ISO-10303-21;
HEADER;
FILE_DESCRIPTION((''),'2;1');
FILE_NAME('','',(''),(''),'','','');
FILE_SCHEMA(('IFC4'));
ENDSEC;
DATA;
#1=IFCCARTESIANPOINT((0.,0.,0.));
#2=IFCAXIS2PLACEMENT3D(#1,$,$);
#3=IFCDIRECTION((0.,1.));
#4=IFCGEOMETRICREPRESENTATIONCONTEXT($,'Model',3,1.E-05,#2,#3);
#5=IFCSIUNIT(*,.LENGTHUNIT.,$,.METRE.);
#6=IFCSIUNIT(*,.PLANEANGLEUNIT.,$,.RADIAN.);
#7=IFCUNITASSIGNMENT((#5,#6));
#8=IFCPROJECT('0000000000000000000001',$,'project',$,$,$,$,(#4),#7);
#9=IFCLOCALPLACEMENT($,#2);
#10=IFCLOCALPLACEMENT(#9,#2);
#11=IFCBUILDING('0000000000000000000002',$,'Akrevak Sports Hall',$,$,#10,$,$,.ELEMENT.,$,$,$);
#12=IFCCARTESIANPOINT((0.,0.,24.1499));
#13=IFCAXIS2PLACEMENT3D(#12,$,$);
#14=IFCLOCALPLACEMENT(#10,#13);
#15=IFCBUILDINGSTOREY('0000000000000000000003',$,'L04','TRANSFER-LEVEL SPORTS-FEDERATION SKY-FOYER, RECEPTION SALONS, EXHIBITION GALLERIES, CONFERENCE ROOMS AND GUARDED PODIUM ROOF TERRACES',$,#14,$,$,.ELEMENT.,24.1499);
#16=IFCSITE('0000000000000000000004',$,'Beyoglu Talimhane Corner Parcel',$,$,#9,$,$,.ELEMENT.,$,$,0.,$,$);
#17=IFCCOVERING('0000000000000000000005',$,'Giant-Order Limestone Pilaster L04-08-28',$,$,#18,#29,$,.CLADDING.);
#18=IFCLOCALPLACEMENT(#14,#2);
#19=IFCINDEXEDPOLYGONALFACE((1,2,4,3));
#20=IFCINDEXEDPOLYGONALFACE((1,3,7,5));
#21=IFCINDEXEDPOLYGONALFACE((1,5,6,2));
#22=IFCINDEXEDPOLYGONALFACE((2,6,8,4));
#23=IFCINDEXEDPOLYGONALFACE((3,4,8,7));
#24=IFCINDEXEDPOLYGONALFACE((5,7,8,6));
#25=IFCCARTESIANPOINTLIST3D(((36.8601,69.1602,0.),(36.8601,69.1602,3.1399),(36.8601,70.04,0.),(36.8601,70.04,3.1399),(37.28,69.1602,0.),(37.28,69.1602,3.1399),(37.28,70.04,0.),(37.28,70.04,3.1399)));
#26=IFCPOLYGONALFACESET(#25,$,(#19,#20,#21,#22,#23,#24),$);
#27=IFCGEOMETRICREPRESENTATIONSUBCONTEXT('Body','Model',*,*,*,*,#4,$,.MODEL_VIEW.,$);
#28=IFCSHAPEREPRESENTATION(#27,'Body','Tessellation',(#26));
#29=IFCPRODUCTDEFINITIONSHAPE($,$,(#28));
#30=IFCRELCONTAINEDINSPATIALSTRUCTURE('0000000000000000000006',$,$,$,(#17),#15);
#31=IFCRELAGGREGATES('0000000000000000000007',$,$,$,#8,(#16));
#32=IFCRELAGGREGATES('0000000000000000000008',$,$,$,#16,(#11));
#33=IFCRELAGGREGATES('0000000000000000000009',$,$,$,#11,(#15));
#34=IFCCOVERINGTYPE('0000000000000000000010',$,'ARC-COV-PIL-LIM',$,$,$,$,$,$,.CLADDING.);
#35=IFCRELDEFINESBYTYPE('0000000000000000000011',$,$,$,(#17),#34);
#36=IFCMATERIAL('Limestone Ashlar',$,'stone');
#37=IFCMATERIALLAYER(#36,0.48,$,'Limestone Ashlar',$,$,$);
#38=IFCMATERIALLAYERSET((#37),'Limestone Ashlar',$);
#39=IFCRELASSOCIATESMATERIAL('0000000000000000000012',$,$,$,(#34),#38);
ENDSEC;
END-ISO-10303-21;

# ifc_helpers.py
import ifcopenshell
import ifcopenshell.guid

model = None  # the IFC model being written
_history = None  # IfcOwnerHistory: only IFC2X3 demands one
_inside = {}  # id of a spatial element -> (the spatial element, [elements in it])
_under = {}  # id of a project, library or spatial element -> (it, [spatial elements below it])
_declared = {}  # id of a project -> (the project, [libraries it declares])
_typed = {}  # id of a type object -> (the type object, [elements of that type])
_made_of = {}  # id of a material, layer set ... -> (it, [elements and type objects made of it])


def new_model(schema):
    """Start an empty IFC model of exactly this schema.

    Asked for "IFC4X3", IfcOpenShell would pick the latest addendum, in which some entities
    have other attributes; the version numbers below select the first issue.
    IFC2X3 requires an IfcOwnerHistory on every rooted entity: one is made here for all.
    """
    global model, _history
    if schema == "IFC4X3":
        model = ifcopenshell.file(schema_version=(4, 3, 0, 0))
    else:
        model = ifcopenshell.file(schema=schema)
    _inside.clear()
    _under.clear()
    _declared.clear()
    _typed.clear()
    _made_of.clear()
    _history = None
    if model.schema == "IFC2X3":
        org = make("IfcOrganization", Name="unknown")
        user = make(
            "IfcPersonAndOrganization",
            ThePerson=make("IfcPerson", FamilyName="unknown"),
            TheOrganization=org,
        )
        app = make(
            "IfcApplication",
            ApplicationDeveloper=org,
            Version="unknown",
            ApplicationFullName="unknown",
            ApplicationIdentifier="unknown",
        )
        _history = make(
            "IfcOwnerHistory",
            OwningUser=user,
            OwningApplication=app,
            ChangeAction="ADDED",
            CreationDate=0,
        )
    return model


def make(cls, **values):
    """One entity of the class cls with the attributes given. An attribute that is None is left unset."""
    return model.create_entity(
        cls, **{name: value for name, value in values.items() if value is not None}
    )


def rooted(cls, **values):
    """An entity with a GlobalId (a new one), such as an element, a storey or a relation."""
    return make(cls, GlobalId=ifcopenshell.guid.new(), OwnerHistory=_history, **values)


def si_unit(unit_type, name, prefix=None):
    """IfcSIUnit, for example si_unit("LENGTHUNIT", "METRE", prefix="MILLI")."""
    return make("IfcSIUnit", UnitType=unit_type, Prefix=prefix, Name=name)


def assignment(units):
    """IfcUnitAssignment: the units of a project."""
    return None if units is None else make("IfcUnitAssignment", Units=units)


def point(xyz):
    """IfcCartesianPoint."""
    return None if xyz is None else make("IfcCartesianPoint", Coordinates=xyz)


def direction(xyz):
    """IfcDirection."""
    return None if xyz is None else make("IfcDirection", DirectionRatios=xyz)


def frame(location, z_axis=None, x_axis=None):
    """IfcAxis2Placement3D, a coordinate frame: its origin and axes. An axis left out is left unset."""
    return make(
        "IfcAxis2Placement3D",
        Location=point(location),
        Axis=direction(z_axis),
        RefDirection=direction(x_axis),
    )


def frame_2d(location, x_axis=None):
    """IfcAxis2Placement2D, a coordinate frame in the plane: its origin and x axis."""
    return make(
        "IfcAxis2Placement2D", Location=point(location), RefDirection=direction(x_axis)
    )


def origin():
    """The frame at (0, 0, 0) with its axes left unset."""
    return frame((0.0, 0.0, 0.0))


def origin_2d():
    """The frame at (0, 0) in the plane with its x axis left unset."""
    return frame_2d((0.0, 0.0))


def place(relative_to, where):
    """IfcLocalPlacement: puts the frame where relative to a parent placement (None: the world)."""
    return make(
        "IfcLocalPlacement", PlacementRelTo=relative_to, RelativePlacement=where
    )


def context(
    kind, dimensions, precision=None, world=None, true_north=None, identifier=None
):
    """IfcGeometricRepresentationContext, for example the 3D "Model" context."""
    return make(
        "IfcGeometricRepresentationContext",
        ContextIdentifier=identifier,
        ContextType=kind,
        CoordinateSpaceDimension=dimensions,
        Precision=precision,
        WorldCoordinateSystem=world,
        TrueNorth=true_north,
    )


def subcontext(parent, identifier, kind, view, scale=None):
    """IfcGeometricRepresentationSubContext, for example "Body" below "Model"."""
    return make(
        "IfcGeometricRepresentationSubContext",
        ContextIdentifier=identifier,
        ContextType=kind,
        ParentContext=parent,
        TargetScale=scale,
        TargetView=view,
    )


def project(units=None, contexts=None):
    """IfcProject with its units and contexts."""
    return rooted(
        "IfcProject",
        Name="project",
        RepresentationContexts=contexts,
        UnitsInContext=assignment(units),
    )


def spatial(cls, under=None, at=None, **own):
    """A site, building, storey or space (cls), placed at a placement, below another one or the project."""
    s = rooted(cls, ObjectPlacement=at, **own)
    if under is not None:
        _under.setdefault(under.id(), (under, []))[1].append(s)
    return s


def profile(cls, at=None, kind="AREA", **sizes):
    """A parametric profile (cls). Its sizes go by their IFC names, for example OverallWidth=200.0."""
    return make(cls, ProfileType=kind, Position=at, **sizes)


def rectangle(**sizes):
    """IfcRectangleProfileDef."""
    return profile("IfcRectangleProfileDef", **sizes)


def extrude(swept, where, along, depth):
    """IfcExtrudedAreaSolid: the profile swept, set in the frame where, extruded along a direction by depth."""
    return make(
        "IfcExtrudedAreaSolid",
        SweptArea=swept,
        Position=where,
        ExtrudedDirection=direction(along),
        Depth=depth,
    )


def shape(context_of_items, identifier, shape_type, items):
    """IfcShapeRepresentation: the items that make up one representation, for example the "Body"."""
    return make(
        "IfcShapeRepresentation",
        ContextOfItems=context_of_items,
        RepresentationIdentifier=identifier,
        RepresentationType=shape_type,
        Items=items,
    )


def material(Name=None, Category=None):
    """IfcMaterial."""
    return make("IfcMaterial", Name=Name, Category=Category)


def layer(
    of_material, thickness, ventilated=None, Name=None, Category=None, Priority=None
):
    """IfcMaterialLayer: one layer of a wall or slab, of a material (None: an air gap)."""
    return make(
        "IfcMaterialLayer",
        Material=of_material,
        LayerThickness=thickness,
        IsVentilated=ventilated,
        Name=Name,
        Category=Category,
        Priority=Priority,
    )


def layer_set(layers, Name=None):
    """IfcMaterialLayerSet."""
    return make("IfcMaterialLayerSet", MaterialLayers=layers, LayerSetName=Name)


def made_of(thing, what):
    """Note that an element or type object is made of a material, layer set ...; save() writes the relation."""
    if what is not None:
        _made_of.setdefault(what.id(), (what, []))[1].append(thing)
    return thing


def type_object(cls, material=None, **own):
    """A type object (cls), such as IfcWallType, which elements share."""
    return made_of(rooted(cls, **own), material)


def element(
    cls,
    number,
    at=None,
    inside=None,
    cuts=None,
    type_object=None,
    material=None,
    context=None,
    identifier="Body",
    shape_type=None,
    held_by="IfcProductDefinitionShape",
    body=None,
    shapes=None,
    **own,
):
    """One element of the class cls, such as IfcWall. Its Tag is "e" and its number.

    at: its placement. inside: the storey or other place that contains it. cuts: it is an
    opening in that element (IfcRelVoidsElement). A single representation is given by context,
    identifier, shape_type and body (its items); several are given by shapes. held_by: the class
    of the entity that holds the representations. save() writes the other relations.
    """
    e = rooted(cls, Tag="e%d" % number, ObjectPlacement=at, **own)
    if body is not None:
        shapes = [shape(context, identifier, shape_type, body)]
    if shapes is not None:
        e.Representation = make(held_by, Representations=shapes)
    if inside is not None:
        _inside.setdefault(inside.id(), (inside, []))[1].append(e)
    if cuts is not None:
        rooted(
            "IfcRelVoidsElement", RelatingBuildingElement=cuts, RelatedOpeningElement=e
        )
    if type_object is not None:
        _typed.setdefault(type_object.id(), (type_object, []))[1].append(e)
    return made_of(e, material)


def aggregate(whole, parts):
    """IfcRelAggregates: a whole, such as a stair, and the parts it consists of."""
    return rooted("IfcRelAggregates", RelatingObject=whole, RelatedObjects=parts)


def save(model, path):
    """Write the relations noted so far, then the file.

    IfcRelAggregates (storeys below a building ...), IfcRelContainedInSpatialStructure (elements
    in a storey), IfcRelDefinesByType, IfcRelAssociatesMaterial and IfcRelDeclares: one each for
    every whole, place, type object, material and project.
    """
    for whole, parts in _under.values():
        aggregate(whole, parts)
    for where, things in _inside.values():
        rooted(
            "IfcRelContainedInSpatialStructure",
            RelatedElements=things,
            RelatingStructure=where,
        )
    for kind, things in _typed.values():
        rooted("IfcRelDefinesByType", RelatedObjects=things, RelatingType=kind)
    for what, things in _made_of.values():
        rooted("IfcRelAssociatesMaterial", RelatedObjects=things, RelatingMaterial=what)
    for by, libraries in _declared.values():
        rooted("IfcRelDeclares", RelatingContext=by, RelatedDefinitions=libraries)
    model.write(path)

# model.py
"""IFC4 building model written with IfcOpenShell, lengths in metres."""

from ifc_helpers import new_model, si_unit, direction, frame, origin, origin_2d, place, context, subcontext, project, spatial, rectangle, extrude, material, layer, layer_set, type_object, element, save


model = new_model("IFC4")

# Units and contexts
model_context = context("Model", 3, precision=1e-05, world=origin(), true_north=direction((0.0, 1.0)))
body_context = subcontext(model_context, "Body", "Model", "MODEL_VIEW")
ifc_project = project(units=[si_unit("LENGTHUNIT", "METRE"), si_unit("PLANEANGLEUNIT", "RADIAN")], contexts=[model_context])

# Site, building, storey
site_placement = place(None, origin())
site = spatial("IfcSite", under=ifc_project, at=site_placement, Name="Beyoglu Talimhane Corner Parcel", CompositionType="ELEMENT", RefElevation=0.0)
building_placement = place(site_placement, origin())
building = spatial("IfcBuilding", under=site, at=building_placement, Name="Akrevak Sports Hall", CompositionType="ELEMENT")
storey_placement = place(building_placement, frame((0.0, 0.0, 24.1499)))
storey = spatial("IfcBuildingStorey", under=building, at=storey_placement, Name="L04", Description="TRANSFER-LEVEL SPORTS-FEDERATION SKY-FOYER, RECEPTION SALONS, EXHIBITION GALLERIES, CONFERENCE ROOMS AND GUARDED PODIUM ROOF TERRACES", CompositionType="ELEMENT", Elevation=24.1499)

# Shared definitions
ifc_material_1 = material(Name="Limestone Ashlar", Category="stone")

# Covering
ifc_layer_1 = layer(ifc_material_1, 0.48, Name="Limestone Ashlar")
ifc_layer_set_1 = layer_set([ifc_layer_1], Name="Limestone Ashlar")
covering_type_1 = type_object("IfcCoveringType", Name="ARC-COV-PIL-LIM", PredefinedType="CLADDING", material=ifc_layer_set_1)
covering_1_placement = place(storey_placement, frame((37.0701, 69.6001, 0.0), z_axis=(0.0, 0.0, 1.0), x_axis=(0.0, -1.0, 0.0)))
element("IfcCovering", 1, at=covering_1_placement, inside=storey, type_object=covering_type_1, Name="Giant-Order Limestone Pilaster L04-08-28", PredefinedType="CLADDING", context=body_context, shape_type="SweptSolid", body=[
    extrude(rectangle(XDim=0.8799, YDim=0.4199, at=origin_2d()), origin(), (0.0, 0.0, 1.0), 3.1399),
])

save(model, "model.ifc")
